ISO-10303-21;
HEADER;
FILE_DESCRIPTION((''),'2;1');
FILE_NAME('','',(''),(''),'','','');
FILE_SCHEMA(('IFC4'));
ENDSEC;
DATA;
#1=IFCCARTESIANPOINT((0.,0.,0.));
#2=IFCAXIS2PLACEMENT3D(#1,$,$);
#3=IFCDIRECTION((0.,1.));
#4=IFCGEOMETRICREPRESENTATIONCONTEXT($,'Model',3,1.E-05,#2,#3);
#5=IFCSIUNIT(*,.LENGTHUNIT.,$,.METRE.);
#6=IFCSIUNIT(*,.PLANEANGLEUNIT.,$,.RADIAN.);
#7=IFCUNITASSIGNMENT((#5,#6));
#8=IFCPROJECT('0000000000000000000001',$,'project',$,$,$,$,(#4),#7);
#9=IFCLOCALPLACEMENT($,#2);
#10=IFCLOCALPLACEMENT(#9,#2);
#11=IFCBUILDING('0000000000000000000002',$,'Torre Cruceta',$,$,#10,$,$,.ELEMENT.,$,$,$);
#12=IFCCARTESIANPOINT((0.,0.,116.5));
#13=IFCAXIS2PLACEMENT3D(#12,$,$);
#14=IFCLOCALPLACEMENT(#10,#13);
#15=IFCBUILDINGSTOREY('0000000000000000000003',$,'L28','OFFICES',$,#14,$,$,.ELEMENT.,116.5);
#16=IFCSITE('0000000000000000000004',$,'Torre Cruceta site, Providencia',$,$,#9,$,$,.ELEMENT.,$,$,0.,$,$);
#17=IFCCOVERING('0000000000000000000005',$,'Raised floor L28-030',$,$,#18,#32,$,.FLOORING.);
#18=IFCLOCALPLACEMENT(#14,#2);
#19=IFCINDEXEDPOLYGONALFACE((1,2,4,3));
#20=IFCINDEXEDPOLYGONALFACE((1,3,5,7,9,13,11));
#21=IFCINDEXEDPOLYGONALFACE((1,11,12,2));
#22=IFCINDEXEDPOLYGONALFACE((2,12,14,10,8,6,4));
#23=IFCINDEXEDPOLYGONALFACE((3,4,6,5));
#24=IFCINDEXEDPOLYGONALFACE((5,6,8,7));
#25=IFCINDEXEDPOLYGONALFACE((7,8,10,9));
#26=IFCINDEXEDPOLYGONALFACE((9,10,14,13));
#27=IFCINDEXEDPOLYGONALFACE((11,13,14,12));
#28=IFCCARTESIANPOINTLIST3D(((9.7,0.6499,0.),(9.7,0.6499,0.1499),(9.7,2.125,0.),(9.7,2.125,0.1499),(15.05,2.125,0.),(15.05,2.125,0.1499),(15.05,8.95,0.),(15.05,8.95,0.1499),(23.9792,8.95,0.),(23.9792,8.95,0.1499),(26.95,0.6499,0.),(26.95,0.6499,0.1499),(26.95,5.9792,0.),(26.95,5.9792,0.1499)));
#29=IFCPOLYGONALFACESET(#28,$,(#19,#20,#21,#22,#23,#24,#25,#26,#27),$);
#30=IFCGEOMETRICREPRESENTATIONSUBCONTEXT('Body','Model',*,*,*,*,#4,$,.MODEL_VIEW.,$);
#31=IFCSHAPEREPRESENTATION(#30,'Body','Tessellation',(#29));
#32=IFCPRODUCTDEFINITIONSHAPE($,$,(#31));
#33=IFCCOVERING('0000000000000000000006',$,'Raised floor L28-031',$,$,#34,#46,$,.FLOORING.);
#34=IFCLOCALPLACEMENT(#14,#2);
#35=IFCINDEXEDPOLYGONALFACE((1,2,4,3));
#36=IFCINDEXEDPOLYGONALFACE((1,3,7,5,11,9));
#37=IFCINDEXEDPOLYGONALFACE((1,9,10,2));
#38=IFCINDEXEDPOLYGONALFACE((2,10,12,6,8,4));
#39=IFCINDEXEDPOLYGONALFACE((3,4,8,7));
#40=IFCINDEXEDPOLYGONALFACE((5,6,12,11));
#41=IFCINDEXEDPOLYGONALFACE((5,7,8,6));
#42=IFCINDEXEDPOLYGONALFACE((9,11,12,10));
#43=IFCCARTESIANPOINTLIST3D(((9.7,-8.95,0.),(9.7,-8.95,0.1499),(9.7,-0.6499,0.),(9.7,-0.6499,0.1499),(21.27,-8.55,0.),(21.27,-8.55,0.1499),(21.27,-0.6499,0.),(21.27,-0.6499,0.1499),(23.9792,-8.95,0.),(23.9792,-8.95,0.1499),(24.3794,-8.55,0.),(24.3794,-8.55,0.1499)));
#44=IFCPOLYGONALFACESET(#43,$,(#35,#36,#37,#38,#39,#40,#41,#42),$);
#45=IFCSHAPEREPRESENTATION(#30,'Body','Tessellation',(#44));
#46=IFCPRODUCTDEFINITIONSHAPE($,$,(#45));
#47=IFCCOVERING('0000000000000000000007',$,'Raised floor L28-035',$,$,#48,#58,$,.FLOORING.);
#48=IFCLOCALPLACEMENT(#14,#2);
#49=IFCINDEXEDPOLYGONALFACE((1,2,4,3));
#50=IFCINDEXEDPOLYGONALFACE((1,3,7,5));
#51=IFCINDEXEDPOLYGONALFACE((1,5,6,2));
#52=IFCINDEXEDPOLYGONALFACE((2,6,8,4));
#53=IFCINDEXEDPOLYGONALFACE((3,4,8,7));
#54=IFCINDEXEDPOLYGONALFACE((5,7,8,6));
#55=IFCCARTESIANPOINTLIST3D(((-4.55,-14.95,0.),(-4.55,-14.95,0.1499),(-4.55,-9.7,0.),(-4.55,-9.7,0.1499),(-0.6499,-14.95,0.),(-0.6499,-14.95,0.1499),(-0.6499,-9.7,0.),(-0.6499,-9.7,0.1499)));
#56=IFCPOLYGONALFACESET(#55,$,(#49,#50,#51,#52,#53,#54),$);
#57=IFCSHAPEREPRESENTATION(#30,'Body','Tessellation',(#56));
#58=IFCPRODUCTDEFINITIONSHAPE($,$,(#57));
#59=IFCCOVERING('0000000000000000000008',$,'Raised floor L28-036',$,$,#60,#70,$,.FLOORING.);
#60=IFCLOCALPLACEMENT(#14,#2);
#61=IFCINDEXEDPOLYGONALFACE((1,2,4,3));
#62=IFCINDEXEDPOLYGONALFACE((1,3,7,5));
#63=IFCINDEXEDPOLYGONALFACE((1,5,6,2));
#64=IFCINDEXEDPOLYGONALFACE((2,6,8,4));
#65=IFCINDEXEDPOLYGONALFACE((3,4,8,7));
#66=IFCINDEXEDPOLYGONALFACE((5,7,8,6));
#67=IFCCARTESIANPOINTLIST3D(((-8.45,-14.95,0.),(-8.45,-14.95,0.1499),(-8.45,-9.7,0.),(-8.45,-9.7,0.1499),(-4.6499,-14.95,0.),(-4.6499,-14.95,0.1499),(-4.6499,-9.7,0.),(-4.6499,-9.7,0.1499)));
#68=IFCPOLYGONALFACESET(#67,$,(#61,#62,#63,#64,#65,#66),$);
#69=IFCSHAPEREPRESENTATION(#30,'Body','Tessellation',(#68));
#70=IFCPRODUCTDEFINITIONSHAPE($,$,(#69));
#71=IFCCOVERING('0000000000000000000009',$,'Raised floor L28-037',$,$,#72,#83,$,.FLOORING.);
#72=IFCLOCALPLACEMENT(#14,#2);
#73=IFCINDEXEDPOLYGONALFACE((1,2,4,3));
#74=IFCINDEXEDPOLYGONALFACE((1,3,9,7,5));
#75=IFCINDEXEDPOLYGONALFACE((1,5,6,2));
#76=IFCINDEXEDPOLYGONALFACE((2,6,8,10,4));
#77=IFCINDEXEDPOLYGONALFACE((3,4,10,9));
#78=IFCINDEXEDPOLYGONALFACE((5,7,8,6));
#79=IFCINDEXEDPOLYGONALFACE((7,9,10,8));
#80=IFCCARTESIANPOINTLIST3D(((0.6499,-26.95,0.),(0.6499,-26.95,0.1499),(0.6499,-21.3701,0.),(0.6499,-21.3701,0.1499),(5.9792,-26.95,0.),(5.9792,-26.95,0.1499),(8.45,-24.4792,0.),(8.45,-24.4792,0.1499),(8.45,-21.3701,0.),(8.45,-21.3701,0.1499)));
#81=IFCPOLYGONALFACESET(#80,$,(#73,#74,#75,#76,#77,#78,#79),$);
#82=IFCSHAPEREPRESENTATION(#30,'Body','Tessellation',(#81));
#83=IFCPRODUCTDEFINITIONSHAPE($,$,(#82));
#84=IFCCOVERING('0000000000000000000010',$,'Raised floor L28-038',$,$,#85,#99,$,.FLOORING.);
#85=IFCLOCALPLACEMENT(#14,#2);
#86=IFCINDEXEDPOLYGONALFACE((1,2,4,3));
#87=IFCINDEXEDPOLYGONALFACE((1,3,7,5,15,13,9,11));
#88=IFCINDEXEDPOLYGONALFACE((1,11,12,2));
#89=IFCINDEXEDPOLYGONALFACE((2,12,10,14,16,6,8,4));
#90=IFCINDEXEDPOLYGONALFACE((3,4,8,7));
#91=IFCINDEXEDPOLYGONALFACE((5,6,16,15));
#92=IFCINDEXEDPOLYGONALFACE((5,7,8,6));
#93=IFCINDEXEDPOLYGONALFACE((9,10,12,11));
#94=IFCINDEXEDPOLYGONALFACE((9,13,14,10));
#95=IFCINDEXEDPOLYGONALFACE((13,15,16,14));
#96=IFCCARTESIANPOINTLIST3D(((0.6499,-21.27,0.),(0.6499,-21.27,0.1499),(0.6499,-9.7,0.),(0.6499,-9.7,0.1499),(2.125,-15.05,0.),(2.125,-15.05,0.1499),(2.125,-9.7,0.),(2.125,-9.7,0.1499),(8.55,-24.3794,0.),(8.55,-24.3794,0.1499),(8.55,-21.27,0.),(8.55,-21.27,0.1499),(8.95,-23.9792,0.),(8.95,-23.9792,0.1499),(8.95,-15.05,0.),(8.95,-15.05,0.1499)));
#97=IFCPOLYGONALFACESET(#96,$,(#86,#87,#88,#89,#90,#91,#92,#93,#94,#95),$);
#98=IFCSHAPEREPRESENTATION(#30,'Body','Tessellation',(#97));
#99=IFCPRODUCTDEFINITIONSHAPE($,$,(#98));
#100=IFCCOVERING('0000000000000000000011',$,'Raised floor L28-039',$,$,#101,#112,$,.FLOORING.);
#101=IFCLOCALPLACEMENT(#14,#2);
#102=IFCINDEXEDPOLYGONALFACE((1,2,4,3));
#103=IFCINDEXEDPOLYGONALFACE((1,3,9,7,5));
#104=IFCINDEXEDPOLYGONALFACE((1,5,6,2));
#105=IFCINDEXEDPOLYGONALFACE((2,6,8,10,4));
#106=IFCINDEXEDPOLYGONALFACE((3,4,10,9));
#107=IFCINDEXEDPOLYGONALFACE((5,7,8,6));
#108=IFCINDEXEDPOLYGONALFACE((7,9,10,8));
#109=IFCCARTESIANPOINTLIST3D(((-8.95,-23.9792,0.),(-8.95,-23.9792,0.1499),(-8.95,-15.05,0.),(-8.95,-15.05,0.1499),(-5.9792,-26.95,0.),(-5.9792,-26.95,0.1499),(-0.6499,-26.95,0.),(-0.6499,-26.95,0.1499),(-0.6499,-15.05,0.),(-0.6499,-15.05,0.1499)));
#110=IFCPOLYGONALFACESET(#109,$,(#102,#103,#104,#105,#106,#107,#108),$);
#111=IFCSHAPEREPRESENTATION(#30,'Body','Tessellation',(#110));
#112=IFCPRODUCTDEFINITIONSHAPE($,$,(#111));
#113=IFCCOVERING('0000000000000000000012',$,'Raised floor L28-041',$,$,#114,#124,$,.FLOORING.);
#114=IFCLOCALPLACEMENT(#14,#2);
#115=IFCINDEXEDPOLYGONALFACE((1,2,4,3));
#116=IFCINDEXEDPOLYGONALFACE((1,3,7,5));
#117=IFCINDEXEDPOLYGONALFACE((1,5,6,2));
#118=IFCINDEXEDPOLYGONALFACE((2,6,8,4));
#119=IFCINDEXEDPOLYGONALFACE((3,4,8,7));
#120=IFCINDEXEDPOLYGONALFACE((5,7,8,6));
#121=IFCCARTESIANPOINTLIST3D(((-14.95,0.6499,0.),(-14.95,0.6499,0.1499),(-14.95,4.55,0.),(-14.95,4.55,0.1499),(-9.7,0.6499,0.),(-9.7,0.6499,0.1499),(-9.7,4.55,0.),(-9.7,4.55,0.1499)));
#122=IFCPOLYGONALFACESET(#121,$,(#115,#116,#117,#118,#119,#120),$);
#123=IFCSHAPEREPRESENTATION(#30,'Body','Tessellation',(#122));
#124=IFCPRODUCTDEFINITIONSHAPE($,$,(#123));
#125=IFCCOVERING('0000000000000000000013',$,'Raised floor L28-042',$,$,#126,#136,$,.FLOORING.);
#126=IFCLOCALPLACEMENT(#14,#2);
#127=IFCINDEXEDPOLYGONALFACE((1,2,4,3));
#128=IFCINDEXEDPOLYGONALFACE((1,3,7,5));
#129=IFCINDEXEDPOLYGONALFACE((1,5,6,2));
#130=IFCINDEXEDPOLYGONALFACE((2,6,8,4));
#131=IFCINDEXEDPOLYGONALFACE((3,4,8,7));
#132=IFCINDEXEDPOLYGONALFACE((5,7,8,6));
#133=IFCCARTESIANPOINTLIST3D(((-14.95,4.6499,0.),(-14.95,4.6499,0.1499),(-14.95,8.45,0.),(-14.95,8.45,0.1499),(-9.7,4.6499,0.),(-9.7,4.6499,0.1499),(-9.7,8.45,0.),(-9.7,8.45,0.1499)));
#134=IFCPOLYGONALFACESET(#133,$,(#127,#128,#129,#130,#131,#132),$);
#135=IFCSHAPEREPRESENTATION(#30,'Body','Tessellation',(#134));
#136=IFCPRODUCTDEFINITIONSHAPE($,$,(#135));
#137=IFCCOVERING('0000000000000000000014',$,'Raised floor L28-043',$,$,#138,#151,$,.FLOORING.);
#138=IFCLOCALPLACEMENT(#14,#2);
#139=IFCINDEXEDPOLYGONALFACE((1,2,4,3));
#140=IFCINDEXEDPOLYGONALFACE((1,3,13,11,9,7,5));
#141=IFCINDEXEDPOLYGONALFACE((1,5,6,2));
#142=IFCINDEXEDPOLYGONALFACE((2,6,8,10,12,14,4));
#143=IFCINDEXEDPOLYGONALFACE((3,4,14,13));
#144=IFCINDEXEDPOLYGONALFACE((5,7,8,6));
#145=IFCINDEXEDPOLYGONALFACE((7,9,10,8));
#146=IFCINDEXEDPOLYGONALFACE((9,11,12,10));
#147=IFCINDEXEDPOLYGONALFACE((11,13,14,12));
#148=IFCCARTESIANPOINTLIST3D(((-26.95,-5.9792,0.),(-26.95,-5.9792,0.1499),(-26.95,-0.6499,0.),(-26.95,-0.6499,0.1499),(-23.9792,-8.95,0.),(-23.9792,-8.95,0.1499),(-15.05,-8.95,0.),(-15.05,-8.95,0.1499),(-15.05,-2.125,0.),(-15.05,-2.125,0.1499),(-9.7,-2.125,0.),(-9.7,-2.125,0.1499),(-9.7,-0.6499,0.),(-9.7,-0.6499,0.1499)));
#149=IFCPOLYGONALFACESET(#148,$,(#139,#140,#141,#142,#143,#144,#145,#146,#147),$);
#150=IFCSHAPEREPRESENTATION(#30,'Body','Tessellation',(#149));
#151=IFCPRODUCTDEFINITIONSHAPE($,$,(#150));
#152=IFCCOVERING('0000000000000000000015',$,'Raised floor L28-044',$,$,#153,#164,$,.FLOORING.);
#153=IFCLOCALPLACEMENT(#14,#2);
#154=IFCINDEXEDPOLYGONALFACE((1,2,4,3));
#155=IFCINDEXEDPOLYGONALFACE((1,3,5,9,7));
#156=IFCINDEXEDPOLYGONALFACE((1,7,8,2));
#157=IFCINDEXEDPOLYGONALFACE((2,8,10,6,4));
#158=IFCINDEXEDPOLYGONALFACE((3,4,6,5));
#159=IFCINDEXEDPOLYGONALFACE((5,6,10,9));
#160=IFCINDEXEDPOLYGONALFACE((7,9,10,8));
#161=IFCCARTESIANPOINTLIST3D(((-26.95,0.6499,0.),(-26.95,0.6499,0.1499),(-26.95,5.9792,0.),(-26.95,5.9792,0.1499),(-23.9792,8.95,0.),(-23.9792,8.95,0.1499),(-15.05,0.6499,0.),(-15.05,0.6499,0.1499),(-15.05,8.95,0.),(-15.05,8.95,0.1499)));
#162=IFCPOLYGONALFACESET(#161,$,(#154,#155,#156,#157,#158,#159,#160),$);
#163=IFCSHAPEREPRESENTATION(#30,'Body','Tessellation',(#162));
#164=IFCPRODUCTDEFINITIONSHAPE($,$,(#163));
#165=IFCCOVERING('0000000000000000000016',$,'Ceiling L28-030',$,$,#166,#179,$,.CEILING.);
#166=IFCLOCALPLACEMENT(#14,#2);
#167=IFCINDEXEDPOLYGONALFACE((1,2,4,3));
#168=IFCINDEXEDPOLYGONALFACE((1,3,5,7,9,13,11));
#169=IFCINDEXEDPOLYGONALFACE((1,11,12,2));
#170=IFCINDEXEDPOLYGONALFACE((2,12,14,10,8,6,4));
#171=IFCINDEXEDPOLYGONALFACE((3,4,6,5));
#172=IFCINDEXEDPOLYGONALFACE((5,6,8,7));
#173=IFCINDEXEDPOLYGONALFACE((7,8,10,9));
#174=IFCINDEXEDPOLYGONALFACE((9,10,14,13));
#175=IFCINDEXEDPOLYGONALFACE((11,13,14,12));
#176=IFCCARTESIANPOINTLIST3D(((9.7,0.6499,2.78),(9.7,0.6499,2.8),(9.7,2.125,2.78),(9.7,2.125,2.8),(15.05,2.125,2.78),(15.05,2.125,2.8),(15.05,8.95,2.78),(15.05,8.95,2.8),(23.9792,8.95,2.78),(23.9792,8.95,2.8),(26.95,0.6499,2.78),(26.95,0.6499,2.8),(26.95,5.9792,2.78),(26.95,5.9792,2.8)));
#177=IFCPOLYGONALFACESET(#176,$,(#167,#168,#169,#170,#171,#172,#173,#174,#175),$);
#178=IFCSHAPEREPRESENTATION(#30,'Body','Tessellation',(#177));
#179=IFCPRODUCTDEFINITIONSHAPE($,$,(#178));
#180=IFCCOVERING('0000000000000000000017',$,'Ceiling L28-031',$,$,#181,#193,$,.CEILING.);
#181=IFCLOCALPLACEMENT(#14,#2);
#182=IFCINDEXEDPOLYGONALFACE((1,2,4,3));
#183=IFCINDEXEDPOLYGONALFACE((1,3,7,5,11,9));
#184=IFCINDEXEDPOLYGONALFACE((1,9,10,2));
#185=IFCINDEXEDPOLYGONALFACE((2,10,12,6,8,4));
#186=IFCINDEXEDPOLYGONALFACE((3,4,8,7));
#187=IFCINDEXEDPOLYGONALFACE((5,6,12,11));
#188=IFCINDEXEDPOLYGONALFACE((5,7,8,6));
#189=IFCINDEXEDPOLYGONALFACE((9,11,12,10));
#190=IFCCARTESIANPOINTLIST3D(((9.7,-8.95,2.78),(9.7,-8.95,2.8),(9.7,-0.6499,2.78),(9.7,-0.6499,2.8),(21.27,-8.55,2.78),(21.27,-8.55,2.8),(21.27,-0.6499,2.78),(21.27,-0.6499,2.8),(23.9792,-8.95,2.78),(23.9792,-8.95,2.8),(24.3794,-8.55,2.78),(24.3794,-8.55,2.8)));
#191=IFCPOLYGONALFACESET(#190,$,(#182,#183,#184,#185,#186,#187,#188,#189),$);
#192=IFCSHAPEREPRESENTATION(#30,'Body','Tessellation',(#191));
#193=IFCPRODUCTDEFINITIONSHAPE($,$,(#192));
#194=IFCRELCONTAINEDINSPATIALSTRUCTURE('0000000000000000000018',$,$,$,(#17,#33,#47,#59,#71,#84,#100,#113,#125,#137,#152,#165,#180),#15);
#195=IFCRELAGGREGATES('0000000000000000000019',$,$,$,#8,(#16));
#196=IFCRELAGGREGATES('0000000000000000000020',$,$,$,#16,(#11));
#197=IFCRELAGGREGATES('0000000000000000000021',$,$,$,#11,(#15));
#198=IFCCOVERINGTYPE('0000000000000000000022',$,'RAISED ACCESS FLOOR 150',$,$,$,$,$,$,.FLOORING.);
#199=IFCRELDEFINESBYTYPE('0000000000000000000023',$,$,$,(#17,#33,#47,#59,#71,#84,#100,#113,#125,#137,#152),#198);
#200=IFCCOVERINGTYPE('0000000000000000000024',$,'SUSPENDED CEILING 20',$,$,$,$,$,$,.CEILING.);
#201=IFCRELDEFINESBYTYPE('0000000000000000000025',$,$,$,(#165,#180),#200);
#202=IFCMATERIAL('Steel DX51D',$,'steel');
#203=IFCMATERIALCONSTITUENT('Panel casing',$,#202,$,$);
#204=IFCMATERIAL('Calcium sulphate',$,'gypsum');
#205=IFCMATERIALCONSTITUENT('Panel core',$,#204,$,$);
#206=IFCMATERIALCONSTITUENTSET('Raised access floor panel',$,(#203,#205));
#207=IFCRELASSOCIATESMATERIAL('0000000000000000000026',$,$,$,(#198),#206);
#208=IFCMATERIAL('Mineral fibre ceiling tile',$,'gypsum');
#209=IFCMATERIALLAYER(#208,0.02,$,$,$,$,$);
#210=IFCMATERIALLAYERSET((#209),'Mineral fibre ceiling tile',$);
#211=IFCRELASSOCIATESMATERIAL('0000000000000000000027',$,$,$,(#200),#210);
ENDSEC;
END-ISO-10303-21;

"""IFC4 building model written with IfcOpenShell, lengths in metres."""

from ifc_helpers import new_model, si_unit, direction, frame, origin, place, context, subcontext, project, spatial, polyline, outline, extrude, material, layer, layer_set, constituent, constituent_set, type_object, element, save


model = new_model("IFC4")

# Units and contexts
model_context = context("Model", 3, precision=1e-05, world=origin(), true_north=direction((0.0, 1.0)))
body_context = subcontext(model_context, "Body", "Model", "MODEL_VIEW")
ifc_project = project(units=[si_unit("LENGTHUNIT", "METRE"), si_unit("PLANEANGLEUNIT", "RADIAN")], contexts=[model_context])

# Site, building, storey
site_placement = place(None, origin())
site = spatial("IfcSite", under=ifc_project, at=site_placement, Name="Torre Cruceta site, Providencia", CompositionType="ELEMENT", RefElevation=0.0)
building_placement = place(site_placement, origin())
building = spatial("IfcBuilding", under=site, at=building_placement, Name="Torre Cruceta", CompositionType="ELEMENT")
storey_placement = place(building_placement, frame((0.0, 0.0, 116.5)))
storey = spatial("IfcBuildingStorey", under=building, at=storey_placement, Name="L28", Description="OFFICES", CompositionType="ELEMENT", Elevation=116.5)

# Coverings
ifc_material_1 = material(Name="Steel DX51D", Category="steel")
ifc_constituent_1 = constituent(ifc_material_1, Name="Panel casing")
ifc_material_2 = material(Name="Calcium sulphate", Category="gypsum")
ifc_constituent_2 = constituent(ifc_material_2, Name="Panel core")
ifc_constituent_set = constituent_set(constituents=[ifc_constituent_1, ifc_constituent_2], Name="Raised access floor panel")
covering_type_1 = type_object("IfcCoveringType", Name="RAISED ACCESS FLOOR 150", PredefinedType="FLOORING", material=ifc_constituent_set)
covering_1_placement = place(storey_placement, origin())
element("IfcCovering", 1, at=covering_1_placement, inside=storey, type_object=covering_type_1, Name="Raised floor L28-030", PredefinedType="FLOORING", context=body_context, shape_type="SweptSolid", body=[
    extrude(outline(polyline([(26.95, 0.6499), (9.7, 0.6499), (9.7, 2.125), (15.05, 2.125), (15.05, 8.95), (23.9792, 8.95), (26.95, 5.9792), (26.95, 0.6499)])), origin(), (0.0, 0.0, 1.0), 0.1499),
])
covering_2_placement = place(storey_placement, origin())
element("IfcCovering", 2, at=covering_2_placement, inside=storey, type_object=covering_type_1, Name="Raised floor L28-031", PredefinedType="FLOORING", context=body_context, shape_type="SweptSolid", body=[
    extrude(outline(polyline([(21.27, -8.55), (24.3794, -8.55), (23.9792, -8.95), (9.7, -8.95), (9.7, -0.6499), (21.27, -0.6499), (21.27, -8.55)])), origin(), (0.0, 0.0, 1.0), 0.1499),
])
covering_3_placement = place(storey_placement, origin())
element("IfcCovering", 3, at=covering_3_placement, inside=storey, type_object=covering_type_1, Name="Raised floor L28-035", PredefinedType="FLOORING", context=body_context, shape_type="SweptSolid", body=[
    extrude(outline(polyline([(-4.55, -9.7), (-0.6499, -9.7), (-0.6499, -14.95), (-4.55, -14.95), (-4.55, -9.7)])), origin(), (0.0, 0.0, 1.0), 0.1499),
])
covering_4_placement = place(storey_placement, origin())
element("IfcCovering", 4, at=covering_4_placement, inside=storey, type_object=covering_type_1, Name="Raised floor L28-036", PredefinedType="FLOORING", context=body_context, shape_type="SweptSolid", body=[
    extrude(outline(polyline([(-8.45, -9.7), (-4.6499, -9.7), (-4.6499, -14.95), (-8.45, -14.95), (-8.45, -9.7)])), origin(), (0.0, 0.0, 1.0), 0.1499),
])
covering_5_placement = place(storey_placement, origin())
element("IfcCovering", 5, at=covering_5_placement, inside=storey, type_object=covering_type_1, Name="Raised floor L28-037", PredefinedType="FLOORING", context=body_context, shape_type="SweptSolid", body=[
    extrude(outline(polyline([(0.6499, -26.95), (0.6499, -21.3701), (8.45, -21.3701), (8.45, -24.4792), (5.9792, -26.95), (0.6499, -26.95)])), origin(), (0.0, 0.0, 1.0), 0.1499),
])
covering_6_placement = place(storey_placement, origin())
element("IfcCovering", 6, at=covering_6_placement, inside=storey, type_object=covering_type_1, Name="Raised floor L28-038", PredefinedType="FLOORING", context=body_context, shape_type="SweptSolid", body=[
    extrude(outline(polyline([(2.125, -9.7), (2.125, -15.05), (8.95, -15.05), (8.95, -23.9792), (8.55, -24.3794), (8.55, -21.27), (0.6499, -21.27), (0.6499, -9.7), (2.125, -9.7)])), origin(), (0.0, 0.0, 1.0), 0.1499),
])
covering_7_placement = place(storey_placement, origin())
element("IfcCovering", 7, at=covering_7_placement, inside=storey, type_object=covering_type_1, Name="Raised floor L28-039", PredefinedType="FLOORING", context=body_context, shape_type="SweptSolid", body=[
    extrude(outline(polyline([(-8.95, -23.9792), (-8.95, -15.05), (-0.6499, -15.05), (-0.6499, -26.95), (-5.9792, -26.95), (-8.95, -23.9792)])), origin(), (0.0, 0.0, 1.0), 0.1499),
])
covering_8_placement = place(storey_placement, origin())
element("IfcCovering", 8, at=covering_8_placement, inside=storey, type_object=covering_type_1, Name="Raised floor L28-041", PredefinedType="FLOORING", context=body_context, shape_type="SweptSolid", body=[
    extrude(outline(polyline([(-9.7, 4.55), (-9.7, 0.6499), (-14.95, 0.6499), (-14.95, 4.55), (-9.7, 4.55)])), origin(), (0.0, 0.0, 1.0), 0.1499),
])
covering_9_placement = place(storey_placement, origin())
element("IfcCovering", 9, at=covering_9_placement, inside=storey, type_object=covering_type_1, Name="Raised floor L28-042", PredefinedType="FLOORING", context=body_context, shape_type="SweptSolid", body=[
    extrude(outline(polyline([(-9.7, 8.45), (-9.7, 4.6499), (-14.95, 4.6499), (-14.95, 8.45), (-9.7, 8.45)])), origin(), (0.0, 0.0, 1.0), 0.1499),
])
covering_10_placement = place(storey_placement, origin())
element("IfcCovering", 10, at=covering_10_placement, inside=storey, type_object=covering_type_1, Name="Raised floor L28-043", PredefinedType="FLOORING", context=body_context, shape_type="SweptSolid", body=[
    extrude(outline(polyline([(-26.95, -0.6499), (-9.7, -0.6499), (-9.7, -2.125), (-15.05, -2.125), (-15.05, -8.95), (-23.9792, -8.95), (-26.95, -5.9792), (-26.95, -0.6499)])), origin(), (0.0, 0.0, 1.0), 0.1499),
])
covering_11_placement = place(storey_placement, origin())
element("IfcCovering", 11, at=covering_11_placement, inside=storey, type_object=covering_type_1, Name="Raised floor L28-044", PredefinedType="FLOORING", context=body_context, shape_type="SweptSolid", body=[
    extrude(outline(polyline([(-26.95, 5.9792), (-23.9792, 8.95), (-15.05, 8.95), (-15.05, 0.6499), (-26.95, 0.6499), (-26.95, 5.9792)])), origin(), (0.0, 0.0, 1.0), 0.1499),
])
ifc_material_3 = material(Name="Mineral fibre ceiling tile", Category="gypsum")
ifc_layer = layer(ifc_material_3, 0.02)
ifc_layer_set = layer_set([ifc_layer], Name="Mineral fibre ceiling tile")
covering_type_2 = type_object("IfcCoveringType", Name="SUSPENDED CEILING 20", PredefinedType="CEILING", material=ifc_layer_set)
covering_12_placement = place(storey_placement, frame((0.0, 0.0, 2.78)))
element("IfcCovering", 12, at=covering_12_placement, inside=storey, type_object=covering_type_2, Name="Ceiling L28-030", PredefinedType="CEILING", context=body_context, shape_type="SweptSolid", body=[
    extrude(outline(polyline([(26.95, 0.6499), (9.7, 0.6499), (9.7, 2.125), (15.05, 2.125), (15.05, 8.95), (23.9792, 8.95), (26.95, 5.9792), (26.95, 0.6499)])), origin(), (0.0, 0.0, 1.0), 0.02),
])
covering_13_placement = place(storey_placement, frame((0.0, 0.0, 2.78)))
element("IfcCovering", 13, at=covering_13_placement, inside=storey, type_object=covering_type_2, Name="Ceiling L28-031", PredefinedType="CEILING", context=body_context, shape_type="SweptSolid", body=[
    extrude(outline(polyline([(21.27, -8.55), (24.3794, -8.55), (23.9792, -8.95), (9.7, -8.95), (9.7, -0.6499), (21.27, -0.6499), (21.27, -8.55)])), origin(), (0.0, 0.0, 1.0), 0.02),
])

save(model, "model.ifc")
